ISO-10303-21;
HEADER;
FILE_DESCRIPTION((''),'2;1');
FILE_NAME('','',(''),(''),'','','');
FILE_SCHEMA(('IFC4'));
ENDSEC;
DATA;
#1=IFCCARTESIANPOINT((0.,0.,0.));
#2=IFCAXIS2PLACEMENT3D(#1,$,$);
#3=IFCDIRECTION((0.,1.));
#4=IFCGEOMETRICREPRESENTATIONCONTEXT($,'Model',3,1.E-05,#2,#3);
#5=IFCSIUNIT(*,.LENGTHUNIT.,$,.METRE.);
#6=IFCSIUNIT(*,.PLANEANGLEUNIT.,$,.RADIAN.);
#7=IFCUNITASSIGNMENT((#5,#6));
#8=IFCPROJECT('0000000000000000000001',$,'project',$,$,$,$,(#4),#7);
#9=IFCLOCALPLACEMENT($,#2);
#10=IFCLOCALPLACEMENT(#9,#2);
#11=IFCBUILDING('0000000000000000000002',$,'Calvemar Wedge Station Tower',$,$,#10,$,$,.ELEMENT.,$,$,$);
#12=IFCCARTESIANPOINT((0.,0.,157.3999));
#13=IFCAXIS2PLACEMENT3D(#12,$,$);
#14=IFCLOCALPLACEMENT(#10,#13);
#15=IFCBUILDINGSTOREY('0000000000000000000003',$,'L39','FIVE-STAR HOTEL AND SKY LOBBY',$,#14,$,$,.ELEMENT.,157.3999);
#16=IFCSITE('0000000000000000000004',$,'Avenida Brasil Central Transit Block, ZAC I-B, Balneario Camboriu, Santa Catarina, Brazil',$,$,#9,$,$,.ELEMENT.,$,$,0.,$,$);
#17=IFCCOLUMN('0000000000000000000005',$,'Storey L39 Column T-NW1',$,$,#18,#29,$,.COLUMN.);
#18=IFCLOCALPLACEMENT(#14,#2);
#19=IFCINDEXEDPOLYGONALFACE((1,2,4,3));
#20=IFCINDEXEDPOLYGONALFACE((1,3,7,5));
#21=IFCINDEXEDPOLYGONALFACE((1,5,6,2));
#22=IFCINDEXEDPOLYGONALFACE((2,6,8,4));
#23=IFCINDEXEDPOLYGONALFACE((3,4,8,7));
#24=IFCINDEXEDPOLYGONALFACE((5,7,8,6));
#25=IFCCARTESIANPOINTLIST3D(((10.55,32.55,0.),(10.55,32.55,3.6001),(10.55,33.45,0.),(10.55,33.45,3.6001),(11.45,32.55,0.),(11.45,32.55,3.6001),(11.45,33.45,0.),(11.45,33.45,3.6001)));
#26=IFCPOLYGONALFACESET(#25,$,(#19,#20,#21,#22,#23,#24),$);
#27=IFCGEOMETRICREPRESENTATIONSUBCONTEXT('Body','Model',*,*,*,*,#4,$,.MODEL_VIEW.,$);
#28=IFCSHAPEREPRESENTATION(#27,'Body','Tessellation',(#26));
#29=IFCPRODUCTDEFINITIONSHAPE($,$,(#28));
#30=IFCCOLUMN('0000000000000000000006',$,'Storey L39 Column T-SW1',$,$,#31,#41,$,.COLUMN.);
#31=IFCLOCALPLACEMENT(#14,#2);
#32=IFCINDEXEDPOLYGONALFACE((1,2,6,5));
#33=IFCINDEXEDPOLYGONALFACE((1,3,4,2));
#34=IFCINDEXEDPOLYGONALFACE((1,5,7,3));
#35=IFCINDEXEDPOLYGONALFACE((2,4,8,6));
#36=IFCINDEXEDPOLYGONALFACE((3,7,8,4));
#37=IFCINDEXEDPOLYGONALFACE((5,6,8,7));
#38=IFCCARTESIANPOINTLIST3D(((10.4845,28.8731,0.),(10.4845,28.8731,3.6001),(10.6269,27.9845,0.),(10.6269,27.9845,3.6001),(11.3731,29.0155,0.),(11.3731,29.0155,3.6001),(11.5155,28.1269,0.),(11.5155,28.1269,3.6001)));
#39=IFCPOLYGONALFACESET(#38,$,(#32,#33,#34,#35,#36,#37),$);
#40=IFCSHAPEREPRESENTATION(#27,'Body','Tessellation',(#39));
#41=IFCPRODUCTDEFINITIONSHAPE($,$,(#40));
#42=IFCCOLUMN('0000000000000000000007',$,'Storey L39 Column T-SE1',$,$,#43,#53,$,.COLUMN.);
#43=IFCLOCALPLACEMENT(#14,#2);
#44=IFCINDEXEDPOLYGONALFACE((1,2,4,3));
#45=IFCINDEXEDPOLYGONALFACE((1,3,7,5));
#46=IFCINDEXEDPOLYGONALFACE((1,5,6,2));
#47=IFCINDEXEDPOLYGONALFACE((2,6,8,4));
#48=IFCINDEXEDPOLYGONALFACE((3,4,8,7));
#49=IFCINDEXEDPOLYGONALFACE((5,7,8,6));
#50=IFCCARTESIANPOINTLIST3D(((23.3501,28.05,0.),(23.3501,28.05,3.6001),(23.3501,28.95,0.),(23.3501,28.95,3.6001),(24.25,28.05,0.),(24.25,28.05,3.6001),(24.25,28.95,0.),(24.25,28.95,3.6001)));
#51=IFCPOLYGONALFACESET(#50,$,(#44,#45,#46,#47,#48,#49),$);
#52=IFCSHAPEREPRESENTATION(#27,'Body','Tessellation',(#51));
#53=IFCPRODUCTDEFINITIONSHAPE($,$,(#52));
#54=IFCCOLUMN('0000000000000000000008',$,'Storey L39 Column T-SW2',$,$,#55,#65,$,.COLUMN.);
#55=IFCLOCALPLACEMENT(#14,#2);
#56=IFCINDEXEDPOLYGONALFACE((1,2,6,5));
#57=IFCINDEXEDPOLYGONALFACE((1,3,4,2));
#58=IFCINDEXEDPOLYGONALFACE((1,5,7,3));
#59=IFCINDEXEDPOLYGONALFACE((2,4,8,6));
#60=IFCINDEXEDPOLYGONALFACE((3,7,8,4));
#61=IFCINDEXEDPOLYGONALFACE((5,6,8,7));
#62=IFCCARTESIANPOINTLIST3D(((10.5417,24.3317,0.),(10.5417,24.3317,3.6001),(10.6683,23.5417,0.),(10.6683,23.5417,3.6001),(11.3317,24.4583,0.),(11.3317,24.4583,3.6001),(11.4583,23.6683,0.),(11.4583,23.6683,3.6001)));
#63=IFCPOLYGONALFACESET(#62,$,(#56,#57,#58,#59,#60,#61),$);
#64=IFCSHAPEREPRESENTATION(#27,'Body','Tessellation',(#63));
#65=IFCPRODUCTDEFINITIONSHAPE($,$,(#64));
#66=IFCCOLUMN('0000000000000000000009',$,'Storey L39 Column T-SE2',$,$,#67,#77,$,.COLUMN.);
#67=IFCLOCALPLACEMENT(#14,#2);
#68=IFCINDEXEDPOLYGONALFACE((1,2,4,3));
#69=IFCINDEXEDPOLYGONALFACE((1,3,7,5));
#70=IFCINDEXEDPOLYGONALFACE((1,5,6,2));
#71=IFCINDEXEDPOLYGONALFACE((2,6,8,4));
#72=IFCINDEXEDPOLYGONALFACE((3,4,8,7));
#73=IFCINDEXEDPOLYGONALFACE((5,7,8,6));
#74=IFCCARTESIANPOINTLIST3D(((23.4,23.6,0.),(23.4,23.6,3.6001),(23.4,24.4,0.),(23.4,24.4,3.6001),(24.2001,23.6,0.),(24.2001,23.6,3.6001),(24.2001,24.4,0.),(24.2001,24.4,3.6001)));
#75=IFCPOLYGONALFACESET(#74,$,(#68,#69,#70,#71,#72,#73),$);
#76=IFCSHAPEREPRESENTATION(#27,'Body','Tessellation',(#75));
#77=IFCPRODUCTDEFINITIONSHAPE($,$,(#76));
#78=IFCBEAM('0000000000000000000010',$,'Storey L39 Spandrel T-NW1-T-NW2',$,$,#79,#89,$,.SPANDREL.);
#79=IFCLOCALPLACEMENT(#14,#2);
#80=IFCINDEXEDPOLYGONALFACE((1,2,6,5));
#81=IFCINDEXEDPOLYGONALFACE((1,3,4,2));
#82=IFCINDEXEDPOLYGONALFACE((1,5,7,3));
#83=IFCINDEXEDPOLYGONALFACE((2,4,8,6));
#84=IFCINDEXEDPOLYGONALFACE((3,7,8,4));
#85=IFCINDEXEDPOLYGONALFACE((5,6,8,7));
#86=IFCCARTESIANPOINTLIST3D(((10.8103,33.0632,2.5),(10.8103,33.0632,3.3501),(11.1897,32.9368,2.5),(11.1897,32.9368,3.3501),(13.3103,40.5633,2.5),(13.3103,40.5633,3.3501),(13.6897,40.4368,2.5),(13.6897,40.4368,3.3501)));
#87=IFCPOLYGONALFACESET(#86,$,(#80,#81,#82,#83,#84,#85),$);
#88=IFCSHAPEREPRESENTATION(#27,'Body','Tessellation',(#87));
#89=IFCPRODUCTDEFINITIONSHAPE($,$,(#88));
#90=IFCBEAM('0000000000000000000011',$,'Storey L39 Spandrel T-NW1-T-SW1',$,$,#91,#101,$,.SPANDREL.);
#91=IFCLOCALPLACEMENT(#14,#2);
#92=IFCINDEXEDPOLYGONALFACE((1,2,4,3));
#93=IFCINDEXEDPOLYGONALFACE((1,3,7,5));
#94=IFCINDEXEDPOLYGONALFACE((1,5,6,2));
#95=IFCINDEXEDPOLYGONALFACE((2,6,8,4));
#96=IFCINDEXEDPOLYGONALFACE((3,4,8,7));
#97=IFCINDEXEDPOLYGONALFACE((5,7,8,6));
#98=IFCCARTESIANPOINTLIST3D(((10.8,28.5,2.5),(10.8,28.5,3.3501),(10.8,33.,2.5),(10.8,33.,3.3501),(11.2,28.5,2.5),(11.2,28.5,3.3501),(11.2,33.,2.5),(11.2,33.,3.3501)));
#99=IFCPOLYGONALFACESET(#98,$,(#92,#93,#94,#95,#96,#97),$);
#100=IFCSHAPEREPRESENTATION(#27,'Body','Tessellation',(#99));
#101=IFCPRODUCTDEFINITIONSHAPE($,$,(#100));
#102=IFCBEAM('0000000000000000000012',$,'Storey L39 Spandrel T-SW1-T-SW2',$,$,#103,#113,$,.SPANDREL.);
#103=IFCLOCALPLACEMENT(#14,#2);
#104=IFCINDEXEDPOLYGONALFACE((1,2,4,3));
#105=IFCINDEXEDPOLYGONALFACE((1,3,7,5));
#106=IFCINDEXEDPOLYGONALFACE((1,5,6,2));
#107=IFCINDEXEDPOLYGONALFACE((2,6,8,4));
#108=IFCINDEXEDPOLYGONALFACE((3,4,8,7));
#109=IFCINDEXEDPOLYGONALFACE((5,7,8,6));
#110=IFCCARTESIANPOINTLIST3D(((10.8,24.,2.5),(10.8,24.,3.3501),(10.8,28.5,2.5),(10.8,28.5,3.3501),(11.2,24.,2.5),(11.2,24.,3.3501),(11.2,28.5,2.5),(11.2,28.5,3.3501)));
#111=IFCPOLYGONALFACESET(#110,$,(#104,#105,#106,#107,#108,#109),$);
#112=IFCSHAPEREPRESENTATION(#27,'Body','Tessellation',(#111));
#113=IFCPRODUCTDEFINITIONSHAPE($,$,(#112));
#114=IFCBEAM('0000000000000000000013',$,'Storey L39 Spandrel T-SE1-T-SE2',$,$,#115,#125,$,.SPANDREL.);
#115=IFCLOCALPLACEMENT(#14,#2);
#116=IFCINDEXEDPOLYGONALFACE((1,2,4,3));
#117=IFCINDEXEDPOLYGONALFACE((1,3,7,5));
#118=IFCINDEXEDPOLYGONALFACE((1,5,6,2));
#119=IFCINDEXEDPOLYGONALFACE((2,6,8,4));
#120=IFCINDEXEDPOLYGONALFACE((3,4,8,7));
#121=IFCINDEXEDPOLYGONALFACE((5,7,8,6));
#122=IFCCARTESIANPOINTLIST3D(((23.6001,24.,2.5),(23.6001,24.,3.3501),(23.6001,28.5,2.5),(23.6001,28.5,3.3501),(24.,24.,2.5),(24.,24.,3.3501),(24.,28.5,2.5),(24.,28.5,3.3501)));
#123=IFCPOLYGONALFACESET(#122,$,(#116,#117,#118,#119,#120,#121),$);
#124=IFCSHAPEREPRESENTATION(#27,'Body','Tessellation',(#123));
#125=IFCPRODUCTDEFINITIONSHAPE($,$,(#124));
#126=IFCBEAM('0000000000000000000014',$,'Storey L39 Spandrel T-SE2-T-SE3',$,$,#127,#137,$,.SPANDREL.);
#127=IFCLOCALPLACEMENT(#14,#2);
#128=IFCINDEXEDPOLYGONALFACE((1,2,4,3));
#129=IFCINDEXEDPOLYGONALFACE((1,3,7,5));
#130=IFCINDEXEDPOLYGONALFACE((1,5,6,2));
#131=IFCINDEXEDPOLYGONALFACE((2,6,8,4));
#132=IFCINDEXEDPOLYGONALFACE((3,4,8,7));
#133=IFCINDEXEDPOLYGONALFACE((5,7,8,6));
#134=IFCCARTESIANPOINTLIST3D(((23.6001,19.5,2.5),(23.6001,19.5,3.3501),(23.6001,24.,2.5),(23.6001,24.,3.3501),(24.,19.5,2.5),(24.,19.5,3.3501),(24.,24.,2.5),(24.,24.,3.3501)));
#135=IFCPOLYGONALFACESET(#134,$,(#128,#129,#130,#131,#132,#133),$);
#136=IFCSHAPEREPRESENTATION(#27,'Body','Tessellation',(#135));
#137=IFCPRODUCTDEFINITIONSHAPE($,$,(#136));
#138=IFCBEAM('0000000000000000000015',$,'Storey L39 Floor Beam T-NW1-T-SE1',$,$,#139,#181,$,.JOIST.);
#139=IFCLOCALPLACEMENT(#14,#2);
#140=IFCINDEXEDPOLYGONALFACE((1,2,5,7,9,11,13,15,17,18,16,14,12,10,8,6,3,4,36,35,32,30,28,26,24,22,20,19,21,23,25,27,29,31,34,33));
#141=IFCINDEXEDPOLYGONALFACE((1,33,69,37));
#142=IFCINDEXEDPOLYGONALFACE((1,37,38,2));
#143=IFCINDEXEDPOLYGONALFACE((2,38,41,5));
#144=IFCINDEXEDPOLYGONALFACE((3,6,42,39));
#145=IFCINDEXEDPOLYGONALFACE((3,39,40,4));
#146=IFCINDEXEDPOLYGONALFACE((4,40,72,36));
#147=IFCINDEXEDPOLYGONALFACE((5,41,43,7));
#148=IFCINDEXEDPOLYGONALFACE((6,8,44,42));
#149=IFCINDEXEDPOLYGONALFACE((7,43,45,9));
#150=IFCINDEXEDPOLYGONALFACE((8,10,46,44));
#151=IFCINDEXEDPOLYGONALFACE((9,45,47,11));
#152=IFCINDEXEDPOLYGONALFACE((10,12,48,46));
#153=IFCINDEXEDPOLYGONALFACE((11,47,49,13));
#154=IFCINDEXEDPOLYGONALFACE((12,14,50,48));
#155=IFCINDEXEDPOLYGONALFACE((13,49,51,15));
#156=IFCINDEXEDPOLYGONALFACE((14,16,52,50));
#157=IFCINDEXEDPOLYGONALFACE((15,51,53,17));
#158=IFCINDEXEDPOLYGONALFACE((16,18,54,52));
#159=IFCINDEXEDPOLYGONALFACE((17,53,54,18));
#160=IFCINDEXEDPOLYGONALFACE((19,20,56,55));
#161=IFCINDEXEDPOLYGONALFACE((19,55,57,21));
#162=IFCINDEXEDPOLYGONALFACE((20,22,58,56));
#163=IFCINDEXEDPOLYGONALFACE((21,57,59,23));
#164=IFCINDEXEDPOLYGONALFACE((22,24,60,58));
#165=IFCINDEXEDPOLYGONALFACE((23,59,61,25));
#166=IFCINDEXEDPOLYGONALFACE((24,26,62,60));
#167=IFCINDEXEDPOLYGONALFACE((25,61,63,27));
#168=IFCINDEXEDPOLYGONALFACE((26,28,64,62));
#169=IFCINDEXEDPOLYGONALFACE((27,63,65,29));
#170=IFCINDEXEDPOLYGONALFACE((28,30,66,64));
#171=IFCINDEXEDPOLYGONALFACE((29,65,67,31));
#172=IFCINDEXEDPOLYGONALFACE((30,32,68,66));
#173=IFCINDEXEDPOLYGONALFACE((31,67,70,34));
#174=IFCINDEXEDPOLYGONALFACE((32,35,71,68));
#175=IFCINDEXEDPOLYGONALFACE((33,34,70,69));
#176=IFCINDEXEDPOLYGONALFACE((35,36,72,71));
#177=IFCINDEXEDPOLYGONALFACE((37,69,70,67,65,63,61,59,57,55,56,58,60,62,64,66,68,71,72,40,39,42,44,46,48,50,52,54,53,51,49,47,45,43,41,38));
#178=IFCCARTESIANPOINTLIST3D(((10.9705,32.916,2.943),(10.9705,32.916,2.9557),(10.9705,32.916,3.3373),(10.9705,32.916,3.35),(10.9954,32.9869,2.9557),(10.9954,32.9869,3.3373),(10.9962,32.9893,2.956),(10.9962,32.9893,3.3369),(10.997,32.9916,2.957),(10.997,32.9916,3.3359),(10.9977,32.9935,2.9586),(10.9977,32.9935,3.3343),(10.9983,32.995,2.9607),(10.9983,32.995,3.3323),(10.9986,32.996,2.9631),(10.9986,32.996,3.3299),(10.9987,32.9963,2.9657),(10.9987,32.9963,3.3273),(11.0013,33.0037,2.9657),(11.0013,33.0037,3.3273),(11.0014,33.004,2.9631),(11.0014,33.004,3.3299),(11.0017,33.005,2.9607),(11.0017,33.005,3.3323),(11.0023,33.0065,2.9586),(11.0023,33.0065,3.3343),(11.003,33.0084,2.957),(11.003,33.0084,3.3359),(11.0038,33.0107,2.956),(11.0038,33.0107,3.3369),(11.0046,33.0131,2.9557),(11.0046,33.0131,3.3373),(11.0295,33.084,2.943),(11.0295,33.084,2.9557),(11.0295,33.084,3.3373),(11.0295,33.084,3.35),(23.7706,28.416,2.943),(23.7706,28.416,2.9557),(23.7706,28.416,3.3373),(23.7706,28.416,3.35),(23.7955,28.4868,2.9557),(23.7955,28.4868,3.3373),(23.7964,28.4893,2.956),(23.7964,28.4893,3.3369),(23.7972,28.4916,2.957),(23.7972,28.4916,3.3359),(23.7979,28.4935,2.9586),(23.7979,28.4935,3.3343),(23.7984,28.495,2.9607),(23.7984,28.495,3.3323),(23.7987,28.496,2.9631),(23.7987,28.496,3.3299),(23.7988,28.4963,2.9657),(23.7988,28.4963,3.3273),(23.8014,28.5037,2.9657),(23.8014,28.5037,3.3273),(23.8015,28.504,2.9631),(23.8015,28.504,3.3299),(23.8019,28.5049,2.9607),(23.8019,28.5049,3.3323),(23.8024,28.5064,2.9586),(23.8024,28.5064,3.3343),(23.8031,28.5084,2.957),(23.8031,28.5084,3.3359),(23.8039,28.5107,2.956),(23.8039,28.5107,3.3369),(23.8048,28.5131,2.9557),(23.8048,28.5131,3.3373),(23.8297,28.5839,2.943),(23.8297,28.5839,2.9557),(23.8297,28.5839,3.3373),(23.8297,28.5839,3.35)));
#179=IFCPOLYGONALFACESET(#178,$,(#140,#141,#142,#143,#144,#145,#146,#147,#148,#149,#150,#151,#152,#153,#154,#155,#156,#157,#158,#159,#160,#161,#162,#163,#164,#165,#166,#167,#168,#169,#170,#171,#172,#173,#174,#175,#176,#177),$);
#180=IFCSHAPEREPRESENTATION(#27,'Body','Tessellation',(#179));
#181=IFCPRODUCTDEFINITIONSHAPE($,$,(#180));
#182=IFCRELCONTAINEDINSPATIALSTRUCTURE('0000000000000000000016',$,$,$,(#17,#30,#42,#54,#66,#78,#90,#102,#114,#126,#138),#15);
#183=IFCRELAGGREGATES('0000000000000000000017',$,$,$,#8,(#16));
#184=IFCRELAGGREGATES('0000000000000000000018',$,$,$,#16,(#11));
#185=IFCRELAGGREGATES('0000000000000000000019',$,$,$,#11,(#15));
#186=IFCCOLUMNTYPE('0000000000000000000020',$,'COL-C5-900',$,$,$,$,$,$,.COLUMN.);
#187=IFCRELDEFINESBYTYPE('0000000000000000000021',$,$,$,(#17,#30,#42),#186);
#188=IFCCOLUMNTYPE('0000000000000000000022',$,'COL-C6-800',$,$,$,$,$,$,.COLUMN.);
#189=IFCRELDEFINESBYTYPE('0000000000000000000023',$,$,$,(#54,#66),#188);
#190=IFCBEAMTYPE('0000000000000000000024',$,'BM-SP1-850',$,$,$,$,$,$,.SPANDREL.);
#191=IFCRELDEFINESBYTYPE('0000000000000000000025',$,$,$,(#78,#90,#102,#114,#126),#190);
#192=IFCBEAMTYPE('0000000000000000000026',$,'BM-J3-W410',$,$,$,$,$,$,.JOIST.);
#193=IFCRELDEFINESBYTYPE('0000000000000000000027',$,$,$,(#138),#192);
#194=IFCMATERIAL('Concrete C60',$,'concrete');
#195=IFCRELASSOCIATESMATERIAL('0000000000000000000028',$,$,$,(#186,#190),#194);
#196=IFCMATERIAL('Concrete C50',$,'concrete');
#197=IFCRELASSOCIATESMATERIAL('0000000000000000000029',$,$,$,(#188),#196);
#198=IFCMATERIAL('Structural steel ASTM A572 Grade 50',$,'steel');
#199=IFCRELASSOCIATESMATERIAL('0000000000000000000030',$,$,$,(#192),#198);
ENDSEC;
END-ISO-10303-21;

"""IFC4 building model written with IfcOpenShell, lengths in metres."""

from ifc_helpers import new_model, si_unit, direction, frame, origin, origin_2d, place, context, subcontext, project, spatial, rectangle, i_section, extrude, source, transform, mapped, material, material_profile, profile_set, type_object, element, save


model = new_model("IFC4")

# Units and contexts
model_context = context("Model", 3, precision=1e-05, world=origin(), true_north=direction((0.0, 1.0)))
body_context = subcontext(model_context, "Body", "Model", "MODEL_VIEW")
ifc_project = project(units=[si_unit("LENGTHUNIT", "METRE"), si_unit("PLANEANGLEUNIT", "RADIAN")], contexts=[model_context])

# Site, building, storey
site_placement = place(None, origin())
site = spatial("IfcSite", under=ifc_project, at=site_placement, Name="Avenida Brasil Central Transit Block, ZAC I-B, Balneario Camboriu, Santa Catarina, Brazil", CompositionType="ELEMENT", RefElevation=0.0)
building_placement = place(site_placement, origin())
building = spatial("IfcBuilding", under=site, at=building_placement, Name="Calvemar Wedge Station Tower", CompositionType="ELEMENT")
storey_placement = place(building_placement, frame((0.0, 0.0, 157.3999)))
storey = spatial("IfcBuildingStorey", under=building, at=storey_placement, Name="L39", Description="FIVE-STAR HOTEL AND SKY LOBBY", CompositionType="ELEMENT", Elevation=157.3999)

# Columns
ifc_material_1 = material(Name="Concrete C60", Category="concrete")
ifc_material_profile_1 = material_profile(ifc_material_1, rectangle(XDim=0.8999, YDim=0.8999, at=origin_2d()), Name="RC900x900")
ifc_profile_set_1 = profile_set([ifc_material_profile_1], Name="Concrete C60")
column_type_1 = type_object("IfcColumnType", Name="COL-C5-900", PredefinedType="COLUMN", material=ifc_profile_set_1)
shared_shape_1 = source(origin(), body_context, "Body", "SweptSolid", [
    extrude(rectangle(XDim=0.8999, YDim=0.8999, at=origin_2d()), origin(), (0.0, 0.0, 1.0), 3.6001),
])
for number, where, z_axis, x_axis, name in (
    (1, (11.0, 33.0, 0.0), (0.0, 0.0, 1.0), (1.0, 0.0, 0.0), "Storey L39 Column T-NW1"),
    (2, (11.0, 28.5, 0.0), (0.0, 0.0, 1.0), (0.158158, -0.987414, 0.0), "Storey L39 Column T-SW1"),
    (3, (23.8, 28.5, 0.0), (0.0, 0.0, 1.0), (1.0, 0.0, 0.0), "Storey L39 Column T-SE1"),
):
    element("IfcColumn", number, at=place(storey_placement, frame(where, z_axis=z_axis, x_axis=x_axis)), inside=storey, type_object=column_type_1, Name=name, PredefinedType="COLUMN", context=body_context, shape_type="MappedRepresentation", body=[
        mapped(shared_shape_1, transform((0.0, 0.0, 0.0), scale=1.0)),
    ])
ifc_material_2 = material(Name="Concrete C50", Category="concrete")
ifc_material_profile_2 = material_profile(ifc_material_2, rectangle(XDim=0.8, YDim=0.8, at=origin_2d()), Name="RC800x800")
ifc_profile_set_2 = profile_set([ifc_material_profile_2], Name="Concrete C50")
column_type_2 = type_object("IfcColumnType", Name="COL-C6-800", PredefinedType="COLUMN", material=ifc_profile_set_2)
shared_shape_2 = source(origin(), body_context, "Body", "SweptSolid", [
    extrude(rectangle(XDim=0.8, YDim=0.8, at=origin_2d()), origin(), (0.0, 0.0, 1.0), 3.6001),
])
for number, where, z_axis, x_axis, name in (
    (4, (11.0, 24.0, 0.0), (0.0, 0.0, 1.0), (0.158158, -0.987414, 0.0), "Storey L39 Column T-SW2"),
    (5, (23.8, 24.0, 0.0), (0.0, 0.0, 1.0), (1.0, 0.0, 0.0), "Storey L39 Column T-SE2"),
):
    element("IfcColumn", number, at=place(storey_placement, frame(where, z_axis=z_axis, x_axis=x_axis)), inside=storey, type_object=column_type_2, Name=name, PredefinedType="COLUMN", context=body_context, shape_type="MappedRepresentation", body=[
        mapped(shared_shape_2, transform((0.0, 0.0, 0.0), scale=1.0)),
    ])

# Beams
ifc_material_profile_3 = material_profile(ifc_material_1, rectangle(XDim=0.3999, YDim=0.8501, at=origin_2d()), Name="RC400x850")
ifc_profile_set_3 = profile_set([ifc_material_profile_3], Name="Concrete C60")
beam_type_1 = type_object("IfcBeamType", Name="BM-SP1-850", PredefinedType="SPANDREL", material=ifc_profile_set_3)
shared_shape_3 = source(origin(), body_context, "Body", "SweptSolid", [
    extrude(rectangle(XDim=0.3999, YDim=0.8501, at=origin_2d()), origin(), (0.0, 0.0, 1.0), 7.9058),
])
beam_placement = place(storey_placement, frame((11.0, 33.0, 2.925), z_axis=(0.316228, 0.948683, 0.0), x_axis=(-0.948683, 0.316228, 0.0)))
element("IfcBeam", 6, at=beam_placement, inside=storey, type_object=beam_type_1, Name="Storey L39 Spandrel T-NW1-T-NW2", PredefinedType="SPANDREL", context=body_context, shape_type="MappedRepresentation", body=[
    mapped(shared_shape_3, transform((0.0, 0.0, 0.0), scale=1.0)),
])
shared_shape_4 = source(origin(), body_context, "Body", "SweptSolid", [
    extrude(rectangle(XDim=0.3999, YDim=0.8501, at=origin_2d()), origin(), (0.0, 0.0, 1.0), 4.5),
])
for number, where, z_axis, x_axis, name in (
    (7, (11.0, 33.0, 2.925), (0.0, -1.0, 0.0), (1.0, 0.0, 0.0), "Storey L39 Spandrel T-NW1-T-SW1"),
    (8, (11.0, 28.5, 2.925), (0.0, -1.0, 0.0), (1.0, 0.0, 0.0), "Storey L39 Spandrel T-SW1-T-SW2"),
    (9, (23.8, 28.5, 2.925), (0.0, -1.0, 0.0), (1.0, 0.0, 0.0), "Storey L39 Spandrel T-SE1-T-SE2"),
    (10, (23.8, 24.0, 2.925), (0.0, -1.0, 0.0), (1.0, 0.0, 0.0), "Storey L39 Spandrel T-SE2-T-SE3"),
):
    element("IfcBeam", number, at=place(storey_placement, frame(where, z_axis=z_axis, x_axis=x_axis)), inside=storey, type_object=beam_type_1, Name=name, PredefinedType="SPANDREL", context=body_context, shape_type="MappedRepresentation", body=[
        mapped(shared_shape_4, transform((0.0, 0.0, 0.0), scale=1.0)),
    ])
ifc_material_3 = material(Name="Structural steel ASTM A572 Grade 50", Category="steel")
ifc_material_profile_4 = material_profile(ifc_material_3, i_section(OverallWidth=0.178, OverallDepth=0.407, WebThickness=0.0078, FlangeThickness=0.0127, FilletRadius=0.01, at=origin_2d()), Name="W410x60")
ifc_profile_set_4 = profile_set([ifc_material_profile_4], Name="Structural steel ASTM A572 Grade 50")
beam_type_2 = type_object("IfcBeamType", Name="BM-J3-W410", PredefinedType="JOIST", material=ifc_profile_set_4)
shared_shape_5 = source(origin(), body_context, "Body", "SweptSolid", [
    extrude(i_section(OverallWidth=0.178, OverallDepth=0.407, WebThickness=0.0078, FlangeThickness=0.0127, FilletRadius=0.01, at=origin_2d()), origin(), (0.0, 0.0, 1.0), 13.5681),
])
for number, where, z_axis, x_axis, name in (
    (11, (11.0, 33.0, 3.1465), (0.943398, -0.331662, 0.0), (0.331662, 0.943398, 0.0), "Storey L39 Floor Beam T-NW1-T-SE1"),
):
    element("IfcBeam", number, at=place(storey_placement, frame(where, z_axis=z_axis, x_axis=x_axis)), inside=storey, type_object=beam_type_2, Name=name, PredefinedType="JOIST", context=body_context, shape_type="MappedRepresentation", body=[
        mapped(shared_shape_5, transform((0.0, 0.0, 0.0), scale=1.0)),
    ])

save(model, "model.ifc")
